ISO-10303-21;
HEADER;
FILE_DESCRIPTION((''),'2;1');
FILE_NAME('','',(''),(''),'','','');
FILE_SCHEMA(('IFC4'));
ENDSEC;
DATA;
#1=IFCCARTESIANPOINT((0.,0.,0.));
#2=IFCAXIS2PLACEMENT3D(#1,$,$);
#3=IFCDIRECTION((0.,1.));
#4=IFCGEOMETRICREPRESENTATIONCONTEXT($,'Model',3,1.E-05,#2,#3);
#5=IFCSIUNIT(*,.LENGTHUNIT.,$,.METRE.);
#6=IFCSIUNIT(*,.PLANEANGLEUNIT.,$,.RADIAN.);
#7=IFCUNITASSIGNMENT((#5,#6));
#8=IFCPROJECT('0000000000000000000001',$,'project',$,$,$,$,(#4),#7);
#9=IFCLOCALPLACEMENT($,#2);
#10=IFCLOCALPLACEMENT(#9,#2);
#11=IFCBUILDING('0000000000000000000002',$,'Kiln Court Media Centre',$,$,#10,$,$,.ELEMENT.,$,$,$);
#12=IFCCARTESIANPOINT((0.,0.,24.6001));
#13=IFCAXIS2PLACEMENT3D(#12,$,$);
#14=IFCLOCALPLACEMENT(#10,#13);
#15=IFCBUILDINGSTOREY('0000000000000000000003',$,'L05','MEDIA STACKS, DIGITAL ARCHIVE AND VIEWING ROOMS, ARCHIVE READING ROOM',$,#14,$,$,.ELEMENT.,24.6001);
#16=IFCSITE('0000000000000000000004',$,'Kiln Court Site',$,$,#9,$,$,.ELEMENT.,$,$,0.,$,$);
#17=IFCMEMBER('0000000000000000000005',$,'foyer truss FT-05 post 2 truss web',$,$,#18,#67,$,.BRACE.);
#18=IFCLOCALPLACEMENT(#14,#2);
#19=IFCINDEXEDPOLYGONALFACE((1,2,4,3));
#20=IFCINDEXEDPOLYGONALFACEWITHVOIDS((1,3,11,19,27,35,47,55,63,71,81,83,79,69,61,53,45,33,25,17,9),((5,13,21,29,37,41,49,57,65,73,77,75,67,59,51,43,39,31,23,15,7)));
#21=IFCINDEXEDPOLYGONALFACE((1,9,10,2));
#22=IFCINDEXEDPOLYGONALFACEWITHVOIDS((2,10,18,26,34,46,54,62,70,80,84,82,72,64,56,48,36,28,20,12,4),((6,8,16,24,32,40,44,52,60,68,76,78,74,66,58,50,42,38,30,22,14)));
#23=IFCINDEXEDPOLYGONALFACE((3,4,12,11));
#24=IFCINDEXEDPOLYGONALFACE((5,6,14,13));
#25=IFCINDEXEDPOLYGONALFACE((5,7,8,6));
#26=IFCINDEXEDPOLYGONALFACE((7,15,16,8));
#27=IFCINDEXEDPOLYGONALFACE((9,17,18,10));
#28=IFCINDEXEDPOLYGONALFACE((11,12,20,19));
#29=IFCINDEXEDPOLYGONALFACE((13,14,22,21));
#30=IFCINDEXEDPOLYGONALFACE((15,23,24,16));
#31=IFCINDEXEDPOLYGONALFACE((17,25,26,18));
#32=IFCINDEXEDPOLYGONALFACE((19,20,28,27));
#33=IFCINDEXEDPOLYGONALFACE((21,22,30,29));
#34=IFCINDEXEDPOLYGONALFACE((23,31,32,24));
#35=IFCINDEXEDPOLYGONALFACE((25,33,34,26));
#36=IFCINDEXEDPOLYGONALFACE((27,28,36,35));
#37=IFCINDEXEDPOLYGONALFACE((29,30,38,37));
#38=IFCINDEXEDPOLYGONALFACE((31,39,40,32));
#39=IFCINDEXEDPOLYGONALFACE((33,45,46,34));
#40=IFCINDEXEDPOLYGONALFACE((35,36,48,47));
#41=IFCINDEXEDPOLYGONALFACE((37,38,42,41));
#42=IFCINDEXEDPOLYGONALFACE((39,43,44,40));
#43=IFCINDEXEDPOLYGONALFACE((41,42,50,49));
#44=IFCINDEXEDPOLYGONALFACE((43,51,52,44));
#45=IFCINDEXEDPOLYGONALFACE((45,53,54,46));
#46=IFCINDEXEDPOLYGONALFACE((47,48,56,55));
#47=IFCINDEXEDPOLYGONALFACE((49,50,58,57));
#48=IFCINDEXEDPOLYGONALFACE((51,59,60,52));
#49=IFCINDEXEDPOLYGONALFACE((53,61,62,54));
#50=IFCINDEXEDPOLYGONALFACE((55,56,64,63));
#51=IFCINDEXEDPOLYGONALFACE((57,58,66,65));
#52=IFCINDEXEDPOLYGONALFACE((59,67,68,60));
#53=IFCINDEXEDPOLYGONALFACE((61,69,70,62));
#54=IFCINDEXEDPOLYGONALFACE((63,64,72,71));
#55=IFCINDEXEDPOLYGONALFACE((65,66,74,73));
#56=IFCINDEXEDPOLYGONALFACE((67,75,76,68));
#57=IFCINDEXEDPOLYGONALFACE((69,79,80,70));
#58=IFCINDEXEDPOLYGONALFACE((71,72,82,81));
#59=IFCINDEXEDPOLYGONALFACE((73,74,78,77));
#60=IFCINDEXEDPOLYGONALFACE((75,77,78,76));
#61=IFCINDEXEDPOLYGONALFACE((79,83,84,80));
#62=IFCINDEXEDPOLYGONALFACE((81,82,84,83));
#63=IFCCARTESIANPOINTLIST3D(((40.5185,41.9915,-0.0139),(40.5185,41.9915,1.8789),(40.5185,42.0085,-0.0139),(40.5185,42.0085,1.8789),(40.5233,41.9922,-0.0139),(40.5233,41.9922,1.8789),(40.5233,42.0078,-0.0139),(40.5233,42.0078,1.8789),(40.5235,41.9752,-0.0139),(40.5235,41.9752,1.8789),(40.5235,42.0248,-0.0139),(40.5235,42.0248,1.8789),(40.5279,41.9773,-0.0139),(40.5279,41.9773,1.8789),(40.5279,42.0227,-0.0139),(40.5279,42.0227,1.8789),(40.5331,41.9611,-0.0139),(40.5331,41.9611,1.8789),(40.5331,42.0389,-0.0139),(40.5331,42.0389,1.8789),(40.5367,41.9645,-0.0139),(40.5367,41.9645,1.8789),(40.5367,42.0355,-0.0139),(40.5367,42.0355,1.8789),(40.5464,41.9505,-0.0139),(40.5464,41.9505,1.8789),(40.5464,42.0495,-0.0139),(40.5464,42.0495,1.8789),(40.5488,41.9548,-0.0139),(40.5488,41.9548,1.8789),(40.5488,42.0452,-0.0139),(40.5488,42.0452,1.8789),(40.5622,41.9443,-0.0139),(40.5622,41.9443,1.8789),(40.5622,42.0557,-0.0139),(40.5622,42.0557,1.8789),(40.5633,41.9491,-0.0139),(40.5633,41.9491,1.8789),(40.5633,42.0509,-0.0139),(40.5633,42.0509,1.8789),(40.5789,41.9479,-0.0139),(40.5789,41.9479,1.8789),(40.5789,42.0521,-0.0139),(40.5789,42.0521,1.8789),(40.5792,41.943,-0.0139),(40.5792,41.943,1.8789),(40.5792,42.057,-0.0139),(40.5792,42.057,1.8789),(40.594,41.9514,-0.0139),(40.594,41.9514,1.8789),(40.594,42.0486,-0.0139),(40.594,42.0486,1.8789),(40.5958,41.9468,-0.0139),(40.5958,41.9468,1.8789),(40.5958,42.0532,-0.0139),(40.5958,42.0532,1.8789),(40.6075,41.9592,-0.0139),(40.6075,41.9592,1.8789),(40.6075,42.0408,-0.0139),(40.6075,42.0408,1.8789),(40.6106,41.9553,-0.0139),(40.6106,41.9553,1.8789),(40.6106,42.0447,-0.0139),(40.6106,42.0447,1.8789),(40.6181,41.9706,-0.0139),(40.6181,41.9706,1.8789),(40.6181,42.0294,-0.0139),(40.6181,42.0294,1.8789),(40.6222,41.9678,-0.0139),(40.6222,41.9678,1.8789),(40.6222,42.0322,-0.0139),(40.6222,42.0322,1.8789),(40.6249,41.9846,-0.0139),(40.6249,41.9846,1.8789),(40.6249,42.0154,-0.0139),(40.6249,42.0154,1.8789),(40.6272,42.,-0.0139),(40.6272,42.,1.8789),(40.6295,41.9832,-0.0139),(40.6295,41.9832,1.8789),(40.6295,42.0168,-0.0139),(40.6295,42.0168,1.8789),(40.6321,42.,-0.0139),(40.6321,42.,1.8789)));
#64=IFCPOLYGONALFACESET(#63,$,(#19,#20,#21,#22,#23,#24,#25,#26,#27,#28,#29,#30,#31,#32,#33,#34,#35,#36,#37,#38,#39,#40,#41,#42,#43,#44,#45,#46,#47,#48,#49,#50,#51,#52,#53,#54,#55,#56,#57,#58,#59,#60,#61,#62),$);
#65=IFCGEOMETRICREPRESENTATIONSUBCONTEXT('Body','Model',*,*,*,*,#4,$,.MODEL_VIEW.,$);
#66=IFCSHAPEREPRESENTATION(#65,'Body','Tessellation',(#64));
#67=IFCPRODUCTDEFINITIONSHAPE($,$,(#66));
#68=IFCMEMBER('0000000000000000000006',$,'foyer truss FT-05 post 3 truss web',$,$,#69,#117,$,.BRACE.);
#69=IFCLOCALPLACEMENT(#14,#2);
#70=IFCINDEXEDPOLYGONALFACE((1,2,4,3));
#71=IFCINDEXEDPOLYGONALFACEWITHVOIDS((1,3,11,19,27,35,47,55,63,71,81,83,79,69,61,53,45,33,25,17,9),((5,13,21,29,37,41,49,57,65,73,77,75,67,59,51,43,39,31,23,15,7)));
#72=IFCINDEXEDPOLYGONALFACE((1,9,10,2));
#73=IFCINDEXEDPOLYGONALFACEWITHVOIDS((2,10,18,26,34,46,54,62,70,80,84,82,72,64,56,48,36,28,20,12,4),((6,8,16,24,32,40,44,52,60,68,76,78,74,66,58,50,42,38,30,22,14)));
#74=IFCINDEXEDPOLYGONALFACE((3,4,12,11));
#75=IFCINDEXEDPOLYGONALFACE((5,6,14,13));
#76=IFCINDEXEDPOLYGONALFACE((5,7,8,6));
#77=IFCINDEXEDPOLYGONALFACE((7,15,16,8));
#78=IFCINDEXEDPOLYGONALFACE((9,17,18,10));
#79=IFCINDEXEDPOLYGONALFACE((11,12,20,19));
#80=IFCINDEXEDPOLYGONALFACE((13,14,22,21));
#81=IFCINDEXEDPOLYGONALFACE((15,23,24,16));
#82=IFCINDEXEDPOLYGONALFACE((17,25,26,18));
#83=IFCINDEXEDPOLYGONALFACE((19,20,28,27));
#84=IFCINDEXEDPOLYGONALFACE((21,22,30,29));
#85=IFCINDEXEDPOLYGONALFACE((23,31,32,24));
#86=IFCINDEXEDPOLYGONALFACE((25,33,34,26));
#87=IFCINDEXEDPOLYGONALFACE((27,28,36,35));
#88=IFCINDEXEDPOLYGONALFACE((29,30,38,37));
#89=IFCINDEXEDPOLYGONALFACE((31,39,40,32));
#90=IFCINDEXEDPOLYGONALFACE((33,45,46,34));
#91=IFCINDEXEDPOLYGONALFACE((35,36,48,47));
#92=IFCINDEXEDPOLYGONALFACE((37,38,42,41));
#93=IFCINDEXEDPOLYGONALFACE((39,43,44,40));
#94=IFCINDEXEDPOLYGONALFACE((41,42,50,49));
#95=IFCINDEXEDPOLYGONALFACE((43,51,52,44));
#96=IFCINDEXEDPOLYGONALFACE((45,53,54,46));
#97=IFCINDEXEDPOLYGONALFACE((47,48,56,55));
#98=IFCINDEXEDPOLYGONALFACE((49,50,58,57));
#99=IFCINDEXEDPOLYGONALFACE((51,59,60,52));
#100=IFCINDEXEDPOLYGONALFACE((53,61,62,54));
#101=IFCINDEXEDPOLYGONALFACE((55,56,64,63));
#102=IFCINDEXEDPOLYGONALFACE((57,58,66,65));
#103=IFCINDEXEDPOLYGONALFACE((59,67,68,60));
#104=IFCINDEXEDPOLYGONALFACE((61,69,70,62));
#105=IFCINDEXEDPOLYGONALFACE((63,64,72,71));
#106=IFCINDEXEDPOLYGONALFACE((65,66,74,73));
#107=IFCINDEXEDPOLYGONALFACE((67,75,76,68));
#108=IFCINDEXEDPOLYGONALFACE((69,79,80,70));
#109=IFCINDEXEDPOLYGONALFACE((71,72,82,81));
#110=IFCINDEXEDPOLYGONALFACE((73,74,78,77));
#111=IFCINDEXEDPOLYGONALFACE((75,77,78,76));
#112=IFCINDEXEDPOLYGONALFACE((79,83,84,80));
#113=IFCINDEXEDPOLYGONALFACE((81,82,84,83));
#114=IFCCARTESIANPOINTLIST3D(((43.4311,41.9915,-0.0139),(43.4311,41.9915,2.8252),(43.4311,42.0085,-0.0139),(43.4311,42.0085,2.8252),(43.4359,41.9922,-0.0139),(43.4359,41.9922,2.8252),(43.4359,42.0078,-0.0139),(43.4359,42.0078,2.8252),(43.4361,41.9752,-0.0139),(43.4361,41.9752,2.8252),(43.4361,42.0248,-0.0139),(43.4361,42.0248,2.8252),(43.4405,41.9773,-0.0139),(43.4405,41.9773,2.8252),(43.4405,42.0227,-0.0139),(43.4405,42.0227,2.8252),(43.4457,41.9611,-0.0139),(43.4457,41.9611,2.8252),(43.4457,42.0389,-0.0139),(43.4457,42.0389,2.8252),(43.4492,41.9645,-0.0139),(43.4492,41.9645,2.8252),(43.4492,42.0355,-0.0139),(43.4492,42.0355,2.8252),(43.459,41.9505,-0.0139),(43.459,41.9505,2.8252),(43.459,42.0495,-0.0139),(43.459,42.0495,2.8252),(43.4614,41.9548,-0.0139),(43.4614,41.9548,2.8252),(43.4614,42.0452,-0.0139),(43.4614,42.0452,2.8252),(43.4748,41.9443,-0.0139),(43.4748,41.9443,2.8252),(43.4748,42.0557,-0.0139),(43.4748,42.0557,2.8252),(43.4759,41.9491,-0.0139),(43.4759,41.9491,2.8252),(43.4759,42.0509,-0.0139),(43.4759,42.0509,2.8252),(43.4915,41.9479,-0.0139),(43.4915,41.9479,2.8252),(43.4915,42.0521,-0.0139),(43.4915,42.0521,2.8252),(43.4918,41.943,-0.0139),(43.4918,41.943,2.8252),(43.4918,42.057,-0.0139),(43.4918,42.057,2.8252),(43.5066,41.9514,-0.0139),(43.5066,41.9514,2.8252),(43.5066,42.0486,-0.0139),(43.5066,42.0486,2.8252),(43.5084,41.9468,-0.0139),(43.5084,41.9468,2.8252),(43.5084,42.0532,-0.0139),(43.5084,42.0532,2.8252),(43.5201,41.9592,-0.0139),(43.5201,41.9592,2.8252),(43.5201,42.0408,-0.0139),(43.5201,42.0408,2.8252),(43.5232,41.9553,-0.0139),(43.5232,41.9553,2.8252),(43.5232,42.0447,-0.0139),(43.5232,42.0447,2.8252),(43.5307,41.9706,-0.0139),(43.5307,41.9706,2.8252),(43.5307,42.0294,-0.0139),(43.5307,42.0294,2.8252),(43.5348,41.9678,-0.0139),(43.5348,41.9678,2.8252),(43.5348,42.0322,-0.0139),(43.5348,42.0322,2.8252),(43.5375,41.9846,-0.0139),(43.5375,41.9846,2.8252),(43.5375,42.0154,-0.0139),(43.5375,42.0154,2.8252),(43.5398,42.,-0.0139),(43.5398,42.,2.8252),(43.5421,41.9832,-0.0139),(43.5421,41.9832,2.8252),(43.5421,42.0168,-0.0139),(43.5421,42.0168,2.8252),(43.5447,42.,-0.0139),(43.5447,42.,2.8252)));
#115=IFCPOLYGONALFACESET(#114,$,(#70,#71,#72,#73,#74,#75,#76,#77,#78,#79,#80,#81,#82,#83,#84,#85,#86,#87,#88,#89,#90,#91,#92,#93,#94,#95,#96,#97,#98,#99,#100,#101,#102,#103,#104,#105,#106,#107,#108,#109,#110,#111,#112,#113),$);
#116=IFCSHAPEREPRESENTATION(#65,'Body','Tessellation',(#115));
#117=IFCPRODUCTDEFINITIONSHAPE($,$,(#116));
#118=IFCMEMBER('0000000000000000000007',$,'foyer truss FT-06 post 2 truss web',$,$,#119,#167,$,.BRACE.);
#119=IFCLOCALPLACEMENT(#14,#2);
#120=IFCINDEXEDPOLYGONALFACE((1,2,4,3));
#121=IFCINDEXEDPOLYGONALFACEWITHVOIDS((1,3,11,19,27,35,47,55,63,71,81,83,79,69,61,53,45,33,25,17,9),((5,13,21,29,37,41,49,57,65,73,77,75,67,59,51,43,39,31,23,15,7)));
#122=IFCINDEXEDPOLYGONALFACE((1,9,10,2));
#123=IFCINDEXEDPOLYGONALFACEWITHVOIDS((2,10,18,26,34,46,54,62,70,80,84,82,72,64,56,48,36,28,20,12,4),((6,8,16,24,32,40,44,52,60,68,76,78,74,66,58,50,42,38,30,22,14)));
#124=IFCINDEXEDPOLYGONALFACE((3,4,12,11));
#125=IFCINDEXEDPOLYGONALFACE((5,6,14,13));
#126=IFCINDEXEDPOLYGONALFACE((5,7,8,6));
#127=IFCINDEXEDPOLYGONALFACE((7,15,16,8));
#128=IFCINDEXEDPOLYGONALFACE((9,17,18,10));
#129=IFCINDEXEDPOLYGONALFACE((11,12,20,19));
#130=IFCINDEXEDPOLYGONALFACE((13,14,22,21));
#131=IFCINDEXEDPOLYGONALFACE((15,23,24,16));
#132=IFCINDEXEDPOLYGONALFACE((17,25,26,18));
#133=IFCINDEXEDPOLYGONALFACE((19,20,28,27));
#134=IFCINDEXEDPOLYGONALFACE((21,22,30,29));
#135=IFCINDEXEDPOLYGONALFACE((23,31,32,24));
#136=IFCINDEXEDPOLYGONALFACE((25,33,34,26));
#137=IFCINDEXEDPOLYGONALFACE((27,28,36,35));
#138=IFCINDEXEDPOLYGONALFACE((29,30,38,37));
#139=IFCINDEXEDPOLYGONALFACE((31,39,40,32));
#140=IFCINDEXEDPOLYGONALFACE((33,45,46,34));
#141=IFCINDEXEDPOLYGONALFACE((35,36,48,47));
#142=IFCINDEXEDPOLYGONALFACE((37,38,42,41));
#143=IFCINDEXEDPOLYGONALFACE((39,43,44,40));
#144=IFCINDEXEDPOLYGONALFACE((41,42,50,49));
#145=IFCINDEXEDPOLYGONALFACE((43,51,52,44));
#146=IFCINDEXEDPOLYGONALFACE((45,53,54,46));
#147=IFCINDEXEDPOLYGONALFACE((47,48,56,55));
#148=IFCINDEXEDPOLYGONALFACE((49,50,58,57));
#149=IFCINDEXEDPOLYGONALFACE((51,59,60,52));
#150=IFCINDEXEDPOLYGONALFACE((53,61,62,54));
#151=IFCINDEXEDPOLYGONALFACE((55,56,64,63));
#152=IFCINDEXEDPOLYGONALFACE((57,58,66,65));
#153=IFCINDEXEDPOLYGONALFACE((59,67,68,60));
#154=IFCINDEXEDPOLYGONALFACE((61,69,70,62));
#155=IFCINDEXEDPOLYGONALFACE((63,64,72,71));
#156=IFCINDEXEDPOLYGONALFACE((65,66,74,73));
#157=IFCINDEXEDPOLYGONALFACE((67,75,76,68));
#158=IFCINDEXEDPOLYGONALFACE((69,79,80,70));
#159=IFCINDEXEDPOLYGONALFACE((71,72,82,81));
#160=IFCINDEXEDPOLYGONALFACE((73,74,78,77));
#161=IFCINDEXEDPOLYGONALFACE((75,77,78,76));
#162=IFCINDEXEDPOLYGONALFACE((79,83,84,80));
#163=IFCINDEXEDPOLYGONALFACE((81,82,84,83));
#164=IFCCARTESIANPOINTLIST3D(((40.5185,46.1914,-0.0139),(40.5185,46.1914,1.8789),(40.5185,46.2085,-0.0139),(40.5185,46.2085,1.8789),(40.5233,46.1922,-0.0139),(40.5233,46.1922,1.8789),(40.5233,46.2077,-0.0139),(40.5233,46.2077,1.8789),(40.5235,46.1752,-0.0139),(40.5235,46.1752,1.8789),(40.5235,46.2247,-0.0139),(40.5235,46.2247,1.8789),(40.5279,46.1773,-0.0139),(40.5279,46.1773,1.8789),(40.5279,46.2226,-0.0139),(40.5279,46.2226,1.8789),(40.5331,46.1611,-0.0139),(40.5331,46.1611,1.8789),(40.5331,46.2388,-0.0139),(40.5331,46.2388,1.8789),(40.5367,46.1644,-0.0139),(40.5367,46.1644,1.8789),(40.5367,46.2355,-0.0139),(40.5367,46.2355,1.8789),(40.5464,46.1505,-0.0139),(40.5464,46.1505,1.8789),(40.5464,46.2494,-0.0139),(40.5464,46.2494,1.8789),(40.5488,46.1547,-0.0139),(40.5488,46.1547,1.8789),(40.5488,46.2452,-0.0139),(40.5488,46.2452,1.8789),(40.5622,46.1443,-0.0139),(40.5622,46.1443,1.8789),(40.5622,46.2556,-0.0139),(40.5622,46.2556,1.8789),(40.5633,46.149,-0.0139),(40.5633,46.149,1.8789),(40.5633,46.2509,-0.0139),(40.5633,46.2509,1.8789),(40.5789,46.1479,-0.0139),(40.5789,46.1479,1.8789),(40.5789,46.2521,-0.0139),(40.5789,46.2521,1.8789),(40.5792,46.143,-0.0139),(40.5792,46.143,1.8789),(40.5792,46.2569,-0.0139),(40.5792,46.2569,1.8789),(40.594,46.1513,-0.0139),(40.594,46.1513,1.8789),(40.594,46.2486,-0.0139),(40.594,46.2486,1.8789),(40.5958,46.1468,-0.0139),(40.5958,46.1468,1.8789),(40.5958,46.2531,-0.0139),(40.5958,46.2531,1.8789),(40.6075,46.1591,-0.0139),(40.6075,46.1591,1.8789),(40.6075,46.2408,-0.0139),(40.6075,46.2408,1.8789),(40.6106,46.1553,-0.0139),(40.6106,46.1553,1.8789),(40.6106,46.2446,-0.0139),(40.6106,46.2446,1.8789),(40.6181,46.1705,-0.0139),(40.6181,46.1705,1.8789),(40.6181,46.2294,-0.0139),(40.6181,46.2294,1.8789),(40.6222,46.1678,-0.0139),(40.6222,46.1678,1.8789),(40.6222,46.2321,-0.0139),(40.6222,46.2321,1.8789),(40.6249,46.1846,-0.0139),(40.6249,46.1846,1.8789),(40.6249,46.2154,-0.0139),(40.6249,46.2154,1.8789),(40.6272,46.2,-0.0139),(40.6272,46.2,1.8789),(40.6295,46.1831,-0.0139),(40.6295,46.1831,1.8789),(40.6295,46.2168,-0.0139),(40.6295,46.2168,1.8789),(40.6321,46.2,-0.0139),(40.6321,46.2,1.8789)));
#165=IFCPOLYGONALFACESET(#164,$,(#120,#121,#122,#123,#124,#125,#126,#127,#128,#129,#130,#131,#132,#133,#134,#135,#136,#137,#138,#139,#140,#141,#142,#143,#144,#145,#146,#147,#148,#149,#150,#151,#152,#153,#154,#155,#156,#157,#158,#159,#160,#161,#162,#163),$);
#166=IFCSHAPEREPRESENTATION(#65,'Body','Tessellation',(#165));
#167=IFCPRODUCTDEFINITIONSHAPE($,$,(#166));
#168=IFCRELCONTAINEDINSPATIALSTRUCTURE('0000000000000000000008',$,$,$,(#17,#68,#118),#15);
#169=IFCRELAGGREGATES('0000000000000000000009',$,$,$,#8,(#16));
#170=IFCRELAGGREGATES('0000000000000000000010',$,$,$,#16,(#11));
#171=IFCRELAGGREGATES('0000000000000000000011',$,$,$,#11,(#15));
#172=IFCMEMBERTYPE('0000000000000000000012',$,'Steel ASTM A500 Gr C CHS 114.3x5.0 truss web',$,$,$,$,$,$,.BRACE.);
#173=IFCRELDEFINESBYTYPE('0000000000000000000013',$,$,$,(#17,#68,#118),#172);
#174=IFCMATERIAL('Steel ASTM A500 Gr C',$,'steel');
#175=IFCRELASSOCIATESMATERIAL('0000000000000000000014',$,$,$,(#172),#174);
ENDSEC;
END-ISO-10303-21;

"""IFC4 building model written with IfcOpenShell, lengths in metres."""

from ifc_helpers import new_model, si_unit, direction, frame, origin, origin_2d, place, context, subcontext, project, spatial, hollow_circle, extrude, material, material_profile, profile_set, type_object, element, save


model = new_model("IFC4")

# Units and contexts
model_context = context("Model", 3, precision=1e-05, world=origin(), true_north=direction((0.0, 1.0)))
body_context = subcontext(model_context, "Body", "Model", "MODEL_VIEW")
ifc_project = project(units=[si_unit("LENGTHUNIT", "METRE"), si_unit("PLANEANGLEUNIT", "RADIAN")], contexts=[model_context])

# Site, building, storey
site_placement = place(None, origin())
site = spatial("IfcSite", under=ifc_project, at=site_placement, Name="Kiln Court Site", CompositionType="ELEMENT", RefElevation=0.0)
building_placement = place(site_placement, origin())
building = spatial("IfcBuilding", under=site, at=building_placement, Name="Kiln Court Media Centre", CompositionType="ELEMENT")
storey_placement = place(building_placement, frame((0.0, 0.0, 24.6001)))
storey = spatial("IfcBuildingStorey", under=building, at=storey_placement, Name="L05", Description="MEDIA STACKS, DIGITAL ARCHIVE AND VIEWING ROOMS, ARCHIVE READING ROOM", CompositionType="ELEMENT", Elevation=24.6001)

# Members
ifc_material_1 = material(Name="Steel ASTM A500 Gr C", Category="steel")
ifc_material_profile_1 = material_profile(ifc_material_1, hollow_circle(Radius=0.0571, WallThickness=0.0049, at=origin_2d()), Name="CHS 114.3x5.0")
ifc_profile_set_1 = profile_set([ifc_material_profile_1], Name="Steel ASTM A500 Gr C")
member_type_1 = type_object("IfcMemberType", Name="Steel ASTM A500 Gr C CHS 114.3x5.0 truss web", PredefinedType="BRACE", material=ifc_profile_set_1)
member_1_placement = place(storey_placement, frame((40.575, 42.0, -0.0139), z_axis=(0.0, 0.0, 1.0), x_axis=(1.0, 0.0, 0.0)))
element("IfcMember", 1, at=member_1_placement, inside=storey, type_object=member_type_1, Name="foyer truss FT-05 post 2 truss web", PredefinedType="BRACE", context=body_context, shape_type="SweptSolid", body=[
    extrude(hollow_circle(Radius=0.0571, WallThickness=0.0049, at=origin_2d()), origin(), (0.0, 0.0, 1.0), 1.8928),
])
member_2_placement = place(storey_placement, frame((43.4875, 42.0, -0.0139), z_axis=(0.0, 0.0, 1.0), x_axis=(1.0, 0.0, 0.0)))
element("IfcMember", 2, at=member_2_placement, inside=storey, type_object=member_type_1, Name="foyer truss FT-05 post 3 truss web", PredefinedType="BRACE", context=body_context, shape_type="SweptSolid", body=[
    extrude(hollow_circle(Radius=0.0571, WallThickness=0.0049, at=origin_2d()), origin(), (0.0, 0.0, 1.0), 2.8391),
])
member_3_placement = place(storey_placement, frame((40.575, 46.2, -0.0139), z_axis=(0.0, 0.0, 1.0), x_axis=(1.0, 0.0, 0.0)))
element("IfcMember", 3, at=member_3_placement, inside=storey, type_object=member_type_1, Name="foyer truss FT-06 post 2 truss web", PredefinedType="BRACE", context=body_context, shape_type="SweptSolid", body=[
    extrude(hollow_circle(Radius=0.0571, WallThickness=0.0049, at=origin_2d()), origin(), (0.0, 0.0, 1.0), 1.8928),
])

save(model, "model.ifc")
